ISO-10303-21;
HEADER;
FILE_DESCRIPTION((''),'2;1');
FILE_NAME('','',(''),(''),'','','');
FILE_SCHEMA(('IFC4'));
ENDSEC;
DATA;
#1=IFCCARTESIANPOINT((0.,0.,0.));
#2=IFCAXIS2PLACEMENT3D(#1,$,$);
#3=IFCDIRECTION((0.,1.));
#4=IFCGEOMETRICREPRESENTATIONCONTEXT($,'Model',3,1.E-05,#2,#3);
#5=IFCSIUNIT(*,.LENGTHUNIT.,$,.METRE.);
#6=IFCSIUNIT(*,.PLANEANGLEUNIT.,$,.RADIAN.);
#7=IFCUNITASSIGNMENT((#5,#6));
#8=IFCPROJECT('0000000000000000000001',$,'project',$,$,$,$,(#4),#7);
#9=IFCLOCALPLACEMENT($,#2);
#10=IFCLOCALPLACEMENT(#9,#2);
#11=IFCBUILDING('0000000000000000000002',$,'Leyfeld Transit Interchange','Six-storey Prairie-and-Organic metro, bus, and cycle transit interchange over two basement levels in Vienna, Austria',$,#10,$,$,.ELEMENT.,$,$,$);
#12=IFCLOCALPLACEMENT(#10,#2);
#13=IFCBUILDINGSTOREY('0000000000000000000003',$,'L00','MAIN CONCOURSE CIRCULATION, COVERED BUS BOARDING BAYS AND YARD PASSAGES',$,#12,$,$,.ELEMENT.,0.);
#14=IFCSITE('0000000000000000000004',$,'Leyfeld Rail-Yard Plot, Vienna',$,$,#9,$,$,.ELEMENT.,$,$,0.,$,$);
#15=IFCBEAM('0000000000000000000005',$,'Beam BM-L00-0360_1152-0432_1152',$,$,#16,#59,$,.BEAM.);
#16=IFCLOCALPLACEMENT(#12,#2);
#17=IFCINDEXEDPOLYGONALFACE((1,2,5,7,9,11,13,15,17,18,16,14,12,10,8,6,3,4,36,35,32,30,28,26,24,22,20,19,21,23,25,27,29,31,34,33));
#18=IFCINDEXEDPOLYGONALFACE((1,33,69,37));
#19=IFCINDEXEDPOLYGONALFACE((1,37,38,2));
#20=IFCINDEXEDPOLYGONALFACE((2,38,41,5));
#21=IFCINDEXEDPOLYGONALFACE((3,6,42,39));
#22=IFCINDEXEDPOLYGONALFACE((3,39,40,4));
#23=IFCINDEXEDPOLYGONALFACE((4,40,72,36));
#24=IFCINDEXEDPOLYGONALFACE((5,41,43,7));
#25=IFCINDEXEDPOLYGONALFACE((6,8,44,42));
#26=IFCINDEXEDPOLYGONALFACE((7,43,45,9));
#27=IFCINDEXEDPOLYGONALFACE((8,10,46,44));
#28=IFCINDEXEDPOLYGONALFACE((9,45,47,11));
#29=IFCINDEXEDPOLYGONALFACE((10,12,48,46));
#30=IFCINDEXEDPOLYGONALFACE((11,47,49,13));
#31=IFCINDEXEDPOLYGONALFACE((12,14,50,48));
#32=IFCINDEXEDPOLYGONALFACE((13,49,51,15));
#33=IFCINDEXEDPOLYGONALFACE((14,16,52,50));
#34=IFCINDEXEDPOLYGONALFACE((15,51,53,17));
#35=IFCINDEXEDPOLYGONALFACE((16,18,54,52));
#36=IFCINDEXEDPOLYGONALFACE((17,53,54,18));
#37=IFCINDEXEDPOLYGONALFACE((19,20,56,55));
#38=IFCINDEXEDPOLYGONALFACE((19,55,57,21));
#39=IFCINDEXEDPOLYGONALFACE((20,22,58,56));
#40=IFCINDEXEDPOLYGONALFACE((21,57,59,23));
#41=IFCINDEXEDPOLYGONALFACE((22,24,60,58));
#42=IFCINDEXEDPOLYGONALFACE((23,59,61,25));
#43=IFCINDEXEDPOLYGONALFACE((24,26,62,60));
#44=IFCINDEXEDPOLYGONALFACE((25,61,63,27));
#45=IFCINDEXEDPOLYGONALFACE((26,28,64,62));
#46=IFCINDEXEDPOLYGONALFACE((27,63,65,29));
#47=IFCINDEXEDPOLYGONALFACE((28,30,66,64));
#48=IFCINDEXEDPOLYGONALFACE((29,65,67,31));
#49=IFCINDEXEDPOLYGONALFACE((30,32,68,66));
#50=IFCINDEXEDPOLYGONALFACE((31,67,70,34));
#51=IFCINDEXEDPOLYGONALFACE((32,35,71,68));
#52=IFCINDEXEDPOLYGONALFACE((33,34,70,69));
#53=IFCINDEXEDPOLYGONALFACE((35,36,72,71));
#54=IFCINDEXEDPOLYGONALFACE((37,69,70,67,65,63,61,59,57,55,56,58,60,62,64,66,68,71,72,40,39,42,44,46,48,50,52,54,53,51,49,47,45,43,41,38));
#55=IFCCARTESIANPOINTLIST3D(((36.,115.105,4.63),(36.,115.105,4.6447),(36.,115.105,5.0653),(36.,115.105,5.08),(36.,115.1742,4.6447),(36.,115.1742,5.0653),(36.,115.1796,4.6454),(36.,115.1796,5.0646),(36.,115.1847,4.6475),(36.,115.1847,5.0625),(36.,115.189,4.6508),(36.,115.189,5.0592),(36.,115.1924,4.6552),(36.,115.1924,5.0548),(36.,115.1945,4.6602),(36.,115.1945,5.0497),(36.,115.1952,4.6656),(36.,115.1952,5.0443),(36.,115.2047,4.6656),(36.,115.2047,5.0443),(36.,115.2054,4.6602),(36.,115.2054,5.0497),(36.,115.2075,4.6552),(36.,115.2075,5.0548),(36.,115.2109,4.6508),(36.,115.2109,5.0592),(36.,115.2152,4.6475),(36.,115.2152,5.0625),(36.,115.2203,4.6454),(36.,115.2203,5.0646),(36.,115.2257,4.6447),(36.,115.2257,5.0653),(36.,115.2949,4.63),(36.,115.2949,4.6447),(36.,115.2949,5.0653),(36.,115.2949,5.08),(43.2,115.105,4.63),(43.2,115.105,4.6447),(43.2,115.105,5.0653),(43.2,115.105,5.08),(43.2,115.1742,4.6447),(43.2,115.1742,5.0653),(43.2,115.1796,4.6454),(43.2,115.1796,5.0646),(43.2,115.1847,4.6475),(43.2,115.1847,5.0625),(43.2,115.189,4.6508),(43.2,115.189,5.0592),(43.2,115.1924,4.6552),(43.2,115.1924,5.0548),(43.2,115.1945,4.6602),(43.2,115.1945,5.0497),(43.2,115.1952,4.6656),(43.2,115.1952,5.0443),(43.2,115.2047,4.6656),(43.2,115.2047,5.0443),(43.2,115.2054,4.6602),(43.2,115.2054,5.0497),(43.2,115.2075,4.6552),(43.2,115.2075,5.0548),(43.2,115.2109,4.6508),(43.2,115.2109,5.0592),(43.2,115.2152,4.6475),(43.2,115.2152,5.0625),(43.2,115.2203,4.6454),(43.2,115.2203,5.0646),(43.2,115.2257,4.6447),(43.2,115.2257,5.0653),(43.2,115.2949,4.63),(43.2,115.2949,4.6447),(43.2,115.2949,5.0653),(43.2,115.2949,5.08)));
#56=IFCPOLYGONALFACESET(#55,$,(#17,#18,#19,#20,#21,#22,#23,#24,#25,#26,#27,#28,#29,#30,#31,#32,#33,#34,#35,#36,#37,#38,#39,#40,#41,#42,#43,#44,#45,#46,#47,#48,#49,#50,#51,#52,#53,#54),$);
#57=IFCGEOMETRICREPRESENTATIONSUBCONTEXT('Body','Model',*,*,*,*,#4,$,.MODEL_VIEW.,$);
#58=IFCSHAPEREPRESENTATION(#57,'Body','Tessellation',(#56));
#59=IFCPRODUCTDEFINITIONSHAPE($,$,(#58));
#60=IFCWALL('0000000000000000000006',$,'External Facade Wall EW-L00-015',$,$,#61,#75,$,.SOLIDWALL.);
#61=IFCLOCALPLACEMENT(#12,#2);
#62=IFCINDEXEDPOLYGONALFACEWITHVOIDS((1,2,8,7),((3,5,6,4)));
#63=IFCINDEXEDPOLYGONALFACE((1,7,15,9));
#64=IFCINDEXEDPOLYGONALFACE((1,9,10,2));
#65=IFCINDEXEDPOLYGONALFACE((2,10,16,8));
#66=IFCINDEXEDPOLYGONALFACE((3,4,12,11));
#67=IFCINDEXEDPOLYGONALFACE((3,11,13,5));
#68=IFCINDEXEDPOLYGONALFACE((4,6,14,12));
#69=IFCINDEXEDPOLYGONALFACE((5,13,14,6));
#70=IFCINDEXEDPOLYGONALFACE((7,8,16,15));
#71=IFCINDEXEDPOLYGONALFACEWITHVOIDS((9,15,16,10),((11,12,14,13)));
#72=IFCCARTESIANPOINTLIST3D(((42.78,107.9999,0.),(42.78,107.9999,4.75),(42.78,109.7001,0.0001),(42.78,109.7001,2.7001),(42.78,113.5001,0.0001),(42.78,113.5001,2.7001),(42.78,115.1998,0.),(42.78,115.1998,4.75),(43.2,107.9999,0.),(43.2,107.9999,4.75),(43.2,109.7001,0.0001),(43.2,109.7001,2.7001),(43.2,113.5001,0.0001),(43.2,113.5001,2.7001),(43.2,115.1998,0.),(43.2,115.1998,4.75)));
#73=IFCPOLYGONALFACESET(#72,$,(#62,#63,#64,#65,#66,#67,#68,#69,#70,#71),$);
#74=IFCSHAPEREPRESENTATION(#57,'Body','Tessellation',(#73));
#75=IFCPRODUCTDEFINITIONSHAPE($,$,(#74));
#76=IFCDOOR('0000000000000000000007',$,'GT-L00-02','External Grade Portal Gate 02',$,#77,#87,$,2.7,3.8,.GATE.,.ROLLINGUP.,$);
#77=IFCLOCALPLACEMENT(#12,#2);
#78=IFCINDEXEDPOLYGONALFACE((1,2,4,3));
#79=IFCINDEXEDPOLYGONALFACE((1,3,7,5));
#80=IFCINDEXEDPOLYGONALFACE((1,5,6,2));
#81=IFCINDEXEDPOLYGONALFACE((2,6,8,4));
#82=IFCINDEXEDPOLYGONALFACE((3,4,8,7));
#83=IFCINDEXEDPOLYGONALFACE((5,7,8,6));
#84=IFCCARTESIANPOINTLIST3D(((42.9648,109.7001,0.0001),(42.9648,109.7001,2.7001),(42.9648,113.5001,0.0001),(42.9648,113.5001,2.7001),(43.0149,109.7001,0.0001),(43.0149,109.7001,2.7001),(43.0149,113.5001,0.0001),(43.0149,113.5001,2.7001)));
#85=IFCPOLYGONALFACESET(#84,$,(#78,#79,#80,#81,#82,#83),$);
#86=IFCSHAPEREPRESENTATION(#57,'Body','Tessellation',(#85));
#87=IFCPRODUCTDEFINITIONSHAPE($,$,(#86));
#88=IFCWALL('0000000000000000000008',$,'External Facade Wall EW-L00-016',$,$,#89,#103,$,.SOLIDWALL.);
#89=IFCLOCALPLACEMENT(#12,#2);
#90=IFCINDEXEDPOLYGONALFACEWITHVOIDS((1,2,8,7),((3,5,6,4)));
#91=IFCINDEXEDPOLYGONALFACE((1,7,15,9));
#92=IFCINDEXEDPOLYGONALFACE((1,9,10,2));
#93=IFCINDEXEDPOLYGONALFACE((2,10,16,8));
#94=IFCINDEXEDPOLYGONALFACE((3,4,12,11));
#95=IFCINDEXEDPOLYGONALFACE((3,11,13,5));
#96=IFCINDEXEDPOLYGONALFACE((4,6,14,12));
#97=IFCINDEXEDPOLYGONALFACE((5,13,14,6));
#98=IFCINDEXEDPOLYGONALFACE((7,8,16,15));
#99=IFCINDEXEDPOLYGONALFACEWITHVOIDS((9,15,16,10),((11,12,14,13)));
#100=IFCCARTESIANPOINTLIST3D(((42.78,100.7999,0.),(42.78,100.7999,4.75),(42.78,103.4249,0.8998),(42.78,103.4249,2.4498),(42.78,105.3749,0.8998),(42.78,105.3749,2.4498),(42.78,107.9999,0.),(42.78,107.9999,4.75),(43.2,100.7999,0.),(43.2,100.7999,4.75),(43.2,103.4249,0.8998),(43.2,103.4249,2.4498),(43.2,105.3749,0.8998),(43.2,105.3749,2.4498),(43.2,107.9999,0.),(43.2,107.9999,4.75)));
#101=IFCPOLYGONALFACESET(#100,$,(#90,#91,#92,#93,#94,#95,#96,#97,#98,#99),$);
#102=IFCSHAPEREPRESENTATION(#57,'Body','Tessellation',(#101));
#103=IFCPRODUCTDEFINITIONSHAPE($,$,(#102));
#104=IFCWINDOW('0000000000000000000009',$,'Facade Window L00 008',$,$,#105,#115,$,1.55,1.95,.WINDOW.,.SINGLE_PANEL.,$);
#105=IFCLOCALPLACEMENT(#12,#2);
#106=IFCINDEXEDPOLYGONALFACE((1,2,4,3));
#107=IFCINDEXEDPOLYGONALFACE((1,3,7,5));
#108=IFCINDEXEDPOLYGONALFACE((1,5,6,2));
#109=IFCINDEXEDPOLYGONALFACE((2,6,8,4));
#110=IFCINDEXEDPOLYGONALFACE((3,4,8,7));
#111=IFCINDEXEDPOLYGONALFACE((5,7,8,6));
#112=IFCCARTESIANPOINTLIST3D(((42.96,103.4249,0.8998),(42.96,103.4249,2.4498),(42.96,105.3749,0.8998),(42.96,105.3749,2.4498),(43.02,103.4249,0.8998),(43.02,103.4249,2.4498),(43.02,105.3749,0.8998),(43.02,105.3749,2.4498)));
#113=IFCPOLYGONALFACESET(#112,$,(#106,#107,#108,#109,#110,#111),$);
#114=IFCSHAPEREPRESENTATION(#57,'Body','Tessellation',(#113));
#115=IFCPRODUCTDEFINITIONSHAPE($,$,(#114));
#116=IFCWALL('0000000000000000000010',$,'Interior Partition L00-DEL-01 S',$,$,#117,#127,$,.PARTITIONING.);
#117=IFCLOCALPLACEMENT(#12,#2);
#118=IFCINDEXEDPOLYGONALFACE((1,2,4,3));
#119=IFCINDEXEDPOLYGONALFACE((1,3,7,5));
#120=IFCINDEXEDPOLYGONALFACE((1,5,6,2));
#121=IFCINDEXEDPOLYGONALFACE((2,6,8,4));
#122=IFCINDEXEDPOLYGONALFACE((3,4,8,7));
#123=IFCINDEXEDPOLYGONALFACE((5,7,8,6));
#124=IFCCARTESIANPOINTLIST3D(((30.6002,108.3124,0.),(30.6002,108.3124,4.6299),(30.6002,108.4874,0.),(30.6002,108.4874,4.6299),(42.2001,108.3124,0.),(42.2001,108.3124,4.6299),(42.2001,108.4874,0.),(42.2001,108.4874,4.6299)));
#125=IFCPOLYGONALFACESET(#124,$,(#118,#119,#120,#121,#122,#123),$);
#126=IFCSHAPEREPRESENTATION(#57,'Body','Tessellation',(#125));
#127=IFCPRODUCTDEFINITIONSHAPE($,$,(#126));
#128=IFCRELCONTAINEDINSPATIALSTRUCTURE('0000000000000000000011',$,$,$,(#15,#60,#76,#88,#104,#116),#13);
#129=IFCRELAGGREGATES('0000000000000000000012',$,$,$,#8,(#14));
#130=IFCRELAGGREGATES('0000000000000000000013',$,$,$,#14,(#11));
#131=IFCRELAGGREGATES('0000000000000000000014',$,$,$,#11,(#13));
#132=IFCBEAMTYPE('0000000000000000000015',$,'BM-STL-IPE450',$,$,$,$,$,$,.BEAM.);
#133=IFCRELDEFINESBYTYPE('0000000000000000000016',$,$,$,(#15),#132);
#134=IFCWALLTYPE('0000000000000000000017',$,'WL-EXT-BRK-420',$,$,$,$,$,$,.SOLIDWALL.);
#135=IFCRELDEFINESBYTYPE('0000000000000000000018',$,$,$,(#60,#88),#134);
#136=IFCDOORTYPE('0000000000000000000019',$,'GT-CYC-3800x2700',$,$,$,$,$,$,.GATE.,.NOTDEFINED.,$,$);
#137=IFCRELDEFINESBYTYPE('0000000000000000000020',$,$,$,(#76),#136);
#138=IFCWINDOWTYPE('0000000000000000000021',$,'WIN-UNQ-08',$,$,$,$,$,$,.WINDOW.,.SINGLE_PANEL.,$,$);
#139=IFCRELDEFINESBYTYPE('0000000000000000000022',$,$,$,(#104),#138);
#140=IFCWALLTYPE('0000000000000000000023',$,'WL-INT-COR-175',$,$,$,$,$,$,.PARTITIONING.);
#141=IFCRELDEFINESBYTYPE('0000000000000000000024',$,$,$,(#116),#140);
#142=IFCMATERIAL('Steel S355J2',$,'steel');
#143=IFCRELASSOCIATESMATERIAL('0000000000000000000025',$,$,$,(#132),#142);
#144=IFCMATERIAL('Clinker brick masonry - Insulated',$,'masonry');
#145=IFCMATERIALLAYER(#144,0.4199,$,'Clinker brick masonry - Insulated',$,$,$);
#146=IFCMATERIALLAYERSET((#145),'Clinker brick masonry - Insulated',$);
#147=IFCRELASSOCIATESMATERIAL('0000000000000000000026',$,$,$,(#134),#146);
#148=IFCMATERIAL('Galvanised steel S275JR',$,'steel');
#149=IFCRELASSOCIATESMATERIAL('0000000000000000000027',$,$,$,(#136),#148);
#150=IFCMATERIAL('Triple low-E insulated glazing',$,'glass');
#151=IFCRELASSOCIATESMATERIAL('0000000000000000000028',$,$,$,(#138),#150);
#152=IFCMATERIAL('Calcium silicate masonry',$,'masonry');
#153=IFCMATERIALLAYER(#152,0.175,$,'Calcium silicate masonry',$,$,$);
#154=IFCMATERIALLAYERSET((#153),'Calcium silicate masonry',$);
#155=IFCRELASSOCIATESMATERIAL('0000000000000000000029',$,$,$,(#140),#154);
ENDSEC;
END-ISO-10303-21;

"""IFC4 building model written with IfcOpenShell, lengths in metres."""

from ifc_helpers import new_model, si_unit, direction, frame, frame_2d, origin, origin_2d, place, context, subcontext, project, spatial, rectangle, i_section, extrude, material, layer, layer_set, material_profile, profile_set, type_object, element, fill, save


model = new_model("IFC4")

# Units and contexts
model_context = context("Model", 3, precision=1e-05, world=origin(), true_north=direction((0.0, 1.0)))
body_context = subcontext(model_context, "Body", "Model", "MODEL_VIEW")
ifc_project = project(units=[si_unit("LENGTHUNIT", "METRE"), si_unit("PLANEANGLEUNIT", "RADIAN")], contexts=[model_context])

# Site, building, storey
site_placement = place(None, origin())
site = spatial("IfcSite", under=ifc_project, at=site_placement, Name="Leyfeld Rail-Yard Plot, Vienna", CompositionType="ELEMENT", RefElevation=0.0)
building_placement = place(site_placement, origin())
building = spatial("IfcBuilding", under=site, at=building_placement, Name="Leyfeld Transit Interchange", Description="Six-storey Prairie-and-Organic metro, bus, and cycle transit interchange over two basement levels in Vienna, Austria", CompositionType="ELEMENT")
storey_placement = place(building_placement, origin())
storey = spatial("IfcBuildingStorey", under=building, at=storey_placement, Name="L00", Description="MAIN CONCOURSE CIRCULATION, COVERED BUS BOARDING BAYS AND YARD PASSAGES", CompositionType="ELEMENT", Elevation=0.0)

# Beam
ifc_material_1 = material(Name="Steel S355J2", Category="steel")
ifc_material_profile_1 = material_profile(ifc_material_1, i_section(OverallWidth=0.1899, OverallDepth=0.45, WebThickness=0.0095, FlangeThickness=0.0146, FilletRadius=0.021, at=origin_2d()), Name="IPE 450")
ifc_profile_set_1 = profile_set([ifc_material_profile_1], Name="Steel S355J2")
beam_type_1 = type_object("IfcBeamType", Name="BM-STL-IPE450", PredefinedType="BEAM", material=ifc_profile_set_1)
beam_1_placement = place(storey_placement, frame((36.0, 115.2, 4.855), z_axis=(1.0, 0.0, 0.0), x_axis=(0.0, 1.0, 0.0)))
element("IfcBeam", 1, at=beam_1_placement, inside=storey, type_object=beam_type_1, Name="Beam BM-L00-0360_1152-0432_1152", PredefinedType="BEAM", context=body_context, shape_type="SweptSolid", body=[
    extrude(i_section(OverallWidth=0.1899, OverallDepth=0.45, WebThickness=0.0095, FlangeThickness=0.0146, FilletRadius=0.021, at=origin_2d()), origin(), (0.0, 0.0, 1.0), 7.2),
])

# Wall, opening, door
ifc_material_2 = material(Name="Clinker brick masonry - Insulated", Category="masonry")
ifc_layer_1 = layer(ifc_material_2, 0.4199, Name="Clinker brick masonry - Insulated")
ifc_layer_set_1 = layer_set([ifc_layer_1], Name="Clinker brick masonry - Insulated")
wall_type_1 = type_object("IfcWallType", Name="WL-EXT-BRK-420", PredefinedType="SOLIDWALL", material=ifc_layer_set_1)
wall_1_placement = place(storey_placement, frame((42.99, 115.2, 0.0), z_axis=(0.0, 0.0, 1.0), x_axis=(0.0, -1.0, 0.0)))
wall_1 = element("IfcWall", 2, at=wall_1_placement, inside=storey, type_object=wall_type_1, Name="External Facade Wall EW-L00-015", PredefinedType="SOLIDWALL", context=body_context, shape_type="SweptSolid", body=[
    extrude(rectangle(XDim=7.2, YDim=0.4199, at=frame_2d((3.6001, 0.0))), origin(), (0.0, 0.0, 1.0), 4.75),
])
opening_1_placement = place(wall_1_placement, frame((1.7, 0.0, 0.0)))
opening_1 = element("IfcOpeningElement", 3, at=opening_1_placement, cuts=wall_1, PredefinedType="OPENING", context=body_context, shape_type="SweptSolid", body=[
    extrude(rectangle(XDim=3.8, YDim=2.7, at=frame_2d((1.8999, 1.3501))), frame((0.0, 0.22, 0.0), z_axis=(0.0, -1.0, 0.0), x_axis=(1.0, 0.0, 0.0)), (0.0, 0.0, 1.0), 0.4399),
])
ifc_material_3 = material(Name="Galvanised steel S275JR", Category="steel")
door_type = type_object("IfcDoorType", Name="GT-CYC-3800x2700", OperationType="NOTDEFINED", PredefinedType="GATE", material=ifc_material_3)
door_placement = place(opening_1_placement, origin())
door = element("IfcDoor", 4, at=door_placement, inside=storey, type_object=door_type, Name="GT-L00-02", Description="External Grade Portal Gate 02", OperationType="ROLLINGUP", OverallHeight=2.7, OverallWidth=3.8, PredefinedType="GATE", context=body_context, shape_type="SweptSolid", body=[
    extrude(rectangle(XDim=3.8, YDim=2.7, at=frame_2d((1.8999, 1.3501))), frame((0.0, 0.0249, 0.0), z_axis=(0.0, -1.0, 0.0), x_axis=(1.0, 0.0, 0.0)), (0.0, 0.0, 1.0), 0.05),
])
fill(opening_1, door)

# Wall, opening, window
wall_2_placement = place(storey_placement, frame((42.99, 108.0, 0.0), z_axis=(0.0, 0.0, 1.0), x_axis=(0.0, -1.0, 0.0)))
wall_2 = element("IfcWall", 5, at=wall_2_placement, inside=storey, type_object=wall_type_1, Name="External Facade Wall EW-L00-016", PredefinedType="SOLIDWALL", context=body_context, shape_type="SweptSolid", body=[
    extrude(rectangle(XDim=7.2, YDim=0.4199, at=frame_2d((3.6001, 0.0))), origin(), (0.0, 0.0, 1.0), 4.75),
])
opening_2_placement = place(wall_2_placement, frame((2.625, 0.0, 0.8999)))
opening_2 = element("IfcOpeningElement", 6, at=opening_2_placement, cuts=wall_2, PredefinedType="OPENING", context=body_context, shape_type="SweptSolid", body=[
    extrude(rectangle(XDim=1.95, YDim=1.55, at=frame_2d((0.9751, 0.7749))), frame((0.0, 0.22, 0.0), z_axis=(0.0, -1.0, 0.0), x_axis=(1.0, 0.0, 0.0)), (0.0, 0.0, 1.0), 0.4399),
])
ifc_material_4 = material(Name="Triple low-E insulated glazing", Category="glass")
window_type = type_object("IfcWindowType", Name="WIN-UNQ-08", PartitioningType="SINGLE_PANEL", PredefinedType="WINDOW", material=ifc_material_4)
window_placement = place(opening_2_placement, origin())
window = element("IfcWindow", 7, at=window_placement, inside=storey, type_object=window_type, Name="Facade Window L00 008", OverallHeight=1.55, OverallWidth=1.95, PartitioningType="SINGLE_PANEL", PredefinedType="WINDOW", context=body_context, shape_type="SweptSolid", body=[
    extrude(rectangle(XDim=1.95, YDim=1.55, at=frame_2d((0.9751, 0.7749))), frame((0.0, 0.03, 0.0), z_axis=(0.0, -1.0, 0.0), x_axis=(1.0, 0.0, 0.0)), (0.0, 0.0, 1.0), 0.0601),
])
fill(opening_2, window)

# Wall
ifc_material_5 = material(Name="Calcium silicate masonry", Category="masonry")
ifc_layer_2 = layer(ifc_material_5, 0.175, Name="Calcium silicate masonry")
ifc_layer_set_2 = layer_set([ifc_layer_2], Name="Calcium silicate masonry")
wall_type_2 = type_object("IfcWallType", Name="WL-INT-COR-175", PredefinedType="PARTITIONING", material=ifc_layer_set_2)
wall_3_placement = place(storey_placement, frame((42.2, 108.3999, 0.0), z_axis=(0.0, 0.0, 1.0), x_axis=(-1.0, 0.0, 0.0)))
element("IfcWall", 8, at=wall_3_placement, inside=storey, type_object=wall_type_2, Name="Interior Partition L00-DEL-01 S", PredefinedType="PARTITIONING", context=body_context, shape_type="SweptSolid", body=[
    extrude(rectangle(XDim=11.5999, YDim=0.175, at=frame_2d((5.7998, 0.0))), origin(), (0.0, 0.0, 1.0), 4.6299),
])

save(model, "model.ifc")
